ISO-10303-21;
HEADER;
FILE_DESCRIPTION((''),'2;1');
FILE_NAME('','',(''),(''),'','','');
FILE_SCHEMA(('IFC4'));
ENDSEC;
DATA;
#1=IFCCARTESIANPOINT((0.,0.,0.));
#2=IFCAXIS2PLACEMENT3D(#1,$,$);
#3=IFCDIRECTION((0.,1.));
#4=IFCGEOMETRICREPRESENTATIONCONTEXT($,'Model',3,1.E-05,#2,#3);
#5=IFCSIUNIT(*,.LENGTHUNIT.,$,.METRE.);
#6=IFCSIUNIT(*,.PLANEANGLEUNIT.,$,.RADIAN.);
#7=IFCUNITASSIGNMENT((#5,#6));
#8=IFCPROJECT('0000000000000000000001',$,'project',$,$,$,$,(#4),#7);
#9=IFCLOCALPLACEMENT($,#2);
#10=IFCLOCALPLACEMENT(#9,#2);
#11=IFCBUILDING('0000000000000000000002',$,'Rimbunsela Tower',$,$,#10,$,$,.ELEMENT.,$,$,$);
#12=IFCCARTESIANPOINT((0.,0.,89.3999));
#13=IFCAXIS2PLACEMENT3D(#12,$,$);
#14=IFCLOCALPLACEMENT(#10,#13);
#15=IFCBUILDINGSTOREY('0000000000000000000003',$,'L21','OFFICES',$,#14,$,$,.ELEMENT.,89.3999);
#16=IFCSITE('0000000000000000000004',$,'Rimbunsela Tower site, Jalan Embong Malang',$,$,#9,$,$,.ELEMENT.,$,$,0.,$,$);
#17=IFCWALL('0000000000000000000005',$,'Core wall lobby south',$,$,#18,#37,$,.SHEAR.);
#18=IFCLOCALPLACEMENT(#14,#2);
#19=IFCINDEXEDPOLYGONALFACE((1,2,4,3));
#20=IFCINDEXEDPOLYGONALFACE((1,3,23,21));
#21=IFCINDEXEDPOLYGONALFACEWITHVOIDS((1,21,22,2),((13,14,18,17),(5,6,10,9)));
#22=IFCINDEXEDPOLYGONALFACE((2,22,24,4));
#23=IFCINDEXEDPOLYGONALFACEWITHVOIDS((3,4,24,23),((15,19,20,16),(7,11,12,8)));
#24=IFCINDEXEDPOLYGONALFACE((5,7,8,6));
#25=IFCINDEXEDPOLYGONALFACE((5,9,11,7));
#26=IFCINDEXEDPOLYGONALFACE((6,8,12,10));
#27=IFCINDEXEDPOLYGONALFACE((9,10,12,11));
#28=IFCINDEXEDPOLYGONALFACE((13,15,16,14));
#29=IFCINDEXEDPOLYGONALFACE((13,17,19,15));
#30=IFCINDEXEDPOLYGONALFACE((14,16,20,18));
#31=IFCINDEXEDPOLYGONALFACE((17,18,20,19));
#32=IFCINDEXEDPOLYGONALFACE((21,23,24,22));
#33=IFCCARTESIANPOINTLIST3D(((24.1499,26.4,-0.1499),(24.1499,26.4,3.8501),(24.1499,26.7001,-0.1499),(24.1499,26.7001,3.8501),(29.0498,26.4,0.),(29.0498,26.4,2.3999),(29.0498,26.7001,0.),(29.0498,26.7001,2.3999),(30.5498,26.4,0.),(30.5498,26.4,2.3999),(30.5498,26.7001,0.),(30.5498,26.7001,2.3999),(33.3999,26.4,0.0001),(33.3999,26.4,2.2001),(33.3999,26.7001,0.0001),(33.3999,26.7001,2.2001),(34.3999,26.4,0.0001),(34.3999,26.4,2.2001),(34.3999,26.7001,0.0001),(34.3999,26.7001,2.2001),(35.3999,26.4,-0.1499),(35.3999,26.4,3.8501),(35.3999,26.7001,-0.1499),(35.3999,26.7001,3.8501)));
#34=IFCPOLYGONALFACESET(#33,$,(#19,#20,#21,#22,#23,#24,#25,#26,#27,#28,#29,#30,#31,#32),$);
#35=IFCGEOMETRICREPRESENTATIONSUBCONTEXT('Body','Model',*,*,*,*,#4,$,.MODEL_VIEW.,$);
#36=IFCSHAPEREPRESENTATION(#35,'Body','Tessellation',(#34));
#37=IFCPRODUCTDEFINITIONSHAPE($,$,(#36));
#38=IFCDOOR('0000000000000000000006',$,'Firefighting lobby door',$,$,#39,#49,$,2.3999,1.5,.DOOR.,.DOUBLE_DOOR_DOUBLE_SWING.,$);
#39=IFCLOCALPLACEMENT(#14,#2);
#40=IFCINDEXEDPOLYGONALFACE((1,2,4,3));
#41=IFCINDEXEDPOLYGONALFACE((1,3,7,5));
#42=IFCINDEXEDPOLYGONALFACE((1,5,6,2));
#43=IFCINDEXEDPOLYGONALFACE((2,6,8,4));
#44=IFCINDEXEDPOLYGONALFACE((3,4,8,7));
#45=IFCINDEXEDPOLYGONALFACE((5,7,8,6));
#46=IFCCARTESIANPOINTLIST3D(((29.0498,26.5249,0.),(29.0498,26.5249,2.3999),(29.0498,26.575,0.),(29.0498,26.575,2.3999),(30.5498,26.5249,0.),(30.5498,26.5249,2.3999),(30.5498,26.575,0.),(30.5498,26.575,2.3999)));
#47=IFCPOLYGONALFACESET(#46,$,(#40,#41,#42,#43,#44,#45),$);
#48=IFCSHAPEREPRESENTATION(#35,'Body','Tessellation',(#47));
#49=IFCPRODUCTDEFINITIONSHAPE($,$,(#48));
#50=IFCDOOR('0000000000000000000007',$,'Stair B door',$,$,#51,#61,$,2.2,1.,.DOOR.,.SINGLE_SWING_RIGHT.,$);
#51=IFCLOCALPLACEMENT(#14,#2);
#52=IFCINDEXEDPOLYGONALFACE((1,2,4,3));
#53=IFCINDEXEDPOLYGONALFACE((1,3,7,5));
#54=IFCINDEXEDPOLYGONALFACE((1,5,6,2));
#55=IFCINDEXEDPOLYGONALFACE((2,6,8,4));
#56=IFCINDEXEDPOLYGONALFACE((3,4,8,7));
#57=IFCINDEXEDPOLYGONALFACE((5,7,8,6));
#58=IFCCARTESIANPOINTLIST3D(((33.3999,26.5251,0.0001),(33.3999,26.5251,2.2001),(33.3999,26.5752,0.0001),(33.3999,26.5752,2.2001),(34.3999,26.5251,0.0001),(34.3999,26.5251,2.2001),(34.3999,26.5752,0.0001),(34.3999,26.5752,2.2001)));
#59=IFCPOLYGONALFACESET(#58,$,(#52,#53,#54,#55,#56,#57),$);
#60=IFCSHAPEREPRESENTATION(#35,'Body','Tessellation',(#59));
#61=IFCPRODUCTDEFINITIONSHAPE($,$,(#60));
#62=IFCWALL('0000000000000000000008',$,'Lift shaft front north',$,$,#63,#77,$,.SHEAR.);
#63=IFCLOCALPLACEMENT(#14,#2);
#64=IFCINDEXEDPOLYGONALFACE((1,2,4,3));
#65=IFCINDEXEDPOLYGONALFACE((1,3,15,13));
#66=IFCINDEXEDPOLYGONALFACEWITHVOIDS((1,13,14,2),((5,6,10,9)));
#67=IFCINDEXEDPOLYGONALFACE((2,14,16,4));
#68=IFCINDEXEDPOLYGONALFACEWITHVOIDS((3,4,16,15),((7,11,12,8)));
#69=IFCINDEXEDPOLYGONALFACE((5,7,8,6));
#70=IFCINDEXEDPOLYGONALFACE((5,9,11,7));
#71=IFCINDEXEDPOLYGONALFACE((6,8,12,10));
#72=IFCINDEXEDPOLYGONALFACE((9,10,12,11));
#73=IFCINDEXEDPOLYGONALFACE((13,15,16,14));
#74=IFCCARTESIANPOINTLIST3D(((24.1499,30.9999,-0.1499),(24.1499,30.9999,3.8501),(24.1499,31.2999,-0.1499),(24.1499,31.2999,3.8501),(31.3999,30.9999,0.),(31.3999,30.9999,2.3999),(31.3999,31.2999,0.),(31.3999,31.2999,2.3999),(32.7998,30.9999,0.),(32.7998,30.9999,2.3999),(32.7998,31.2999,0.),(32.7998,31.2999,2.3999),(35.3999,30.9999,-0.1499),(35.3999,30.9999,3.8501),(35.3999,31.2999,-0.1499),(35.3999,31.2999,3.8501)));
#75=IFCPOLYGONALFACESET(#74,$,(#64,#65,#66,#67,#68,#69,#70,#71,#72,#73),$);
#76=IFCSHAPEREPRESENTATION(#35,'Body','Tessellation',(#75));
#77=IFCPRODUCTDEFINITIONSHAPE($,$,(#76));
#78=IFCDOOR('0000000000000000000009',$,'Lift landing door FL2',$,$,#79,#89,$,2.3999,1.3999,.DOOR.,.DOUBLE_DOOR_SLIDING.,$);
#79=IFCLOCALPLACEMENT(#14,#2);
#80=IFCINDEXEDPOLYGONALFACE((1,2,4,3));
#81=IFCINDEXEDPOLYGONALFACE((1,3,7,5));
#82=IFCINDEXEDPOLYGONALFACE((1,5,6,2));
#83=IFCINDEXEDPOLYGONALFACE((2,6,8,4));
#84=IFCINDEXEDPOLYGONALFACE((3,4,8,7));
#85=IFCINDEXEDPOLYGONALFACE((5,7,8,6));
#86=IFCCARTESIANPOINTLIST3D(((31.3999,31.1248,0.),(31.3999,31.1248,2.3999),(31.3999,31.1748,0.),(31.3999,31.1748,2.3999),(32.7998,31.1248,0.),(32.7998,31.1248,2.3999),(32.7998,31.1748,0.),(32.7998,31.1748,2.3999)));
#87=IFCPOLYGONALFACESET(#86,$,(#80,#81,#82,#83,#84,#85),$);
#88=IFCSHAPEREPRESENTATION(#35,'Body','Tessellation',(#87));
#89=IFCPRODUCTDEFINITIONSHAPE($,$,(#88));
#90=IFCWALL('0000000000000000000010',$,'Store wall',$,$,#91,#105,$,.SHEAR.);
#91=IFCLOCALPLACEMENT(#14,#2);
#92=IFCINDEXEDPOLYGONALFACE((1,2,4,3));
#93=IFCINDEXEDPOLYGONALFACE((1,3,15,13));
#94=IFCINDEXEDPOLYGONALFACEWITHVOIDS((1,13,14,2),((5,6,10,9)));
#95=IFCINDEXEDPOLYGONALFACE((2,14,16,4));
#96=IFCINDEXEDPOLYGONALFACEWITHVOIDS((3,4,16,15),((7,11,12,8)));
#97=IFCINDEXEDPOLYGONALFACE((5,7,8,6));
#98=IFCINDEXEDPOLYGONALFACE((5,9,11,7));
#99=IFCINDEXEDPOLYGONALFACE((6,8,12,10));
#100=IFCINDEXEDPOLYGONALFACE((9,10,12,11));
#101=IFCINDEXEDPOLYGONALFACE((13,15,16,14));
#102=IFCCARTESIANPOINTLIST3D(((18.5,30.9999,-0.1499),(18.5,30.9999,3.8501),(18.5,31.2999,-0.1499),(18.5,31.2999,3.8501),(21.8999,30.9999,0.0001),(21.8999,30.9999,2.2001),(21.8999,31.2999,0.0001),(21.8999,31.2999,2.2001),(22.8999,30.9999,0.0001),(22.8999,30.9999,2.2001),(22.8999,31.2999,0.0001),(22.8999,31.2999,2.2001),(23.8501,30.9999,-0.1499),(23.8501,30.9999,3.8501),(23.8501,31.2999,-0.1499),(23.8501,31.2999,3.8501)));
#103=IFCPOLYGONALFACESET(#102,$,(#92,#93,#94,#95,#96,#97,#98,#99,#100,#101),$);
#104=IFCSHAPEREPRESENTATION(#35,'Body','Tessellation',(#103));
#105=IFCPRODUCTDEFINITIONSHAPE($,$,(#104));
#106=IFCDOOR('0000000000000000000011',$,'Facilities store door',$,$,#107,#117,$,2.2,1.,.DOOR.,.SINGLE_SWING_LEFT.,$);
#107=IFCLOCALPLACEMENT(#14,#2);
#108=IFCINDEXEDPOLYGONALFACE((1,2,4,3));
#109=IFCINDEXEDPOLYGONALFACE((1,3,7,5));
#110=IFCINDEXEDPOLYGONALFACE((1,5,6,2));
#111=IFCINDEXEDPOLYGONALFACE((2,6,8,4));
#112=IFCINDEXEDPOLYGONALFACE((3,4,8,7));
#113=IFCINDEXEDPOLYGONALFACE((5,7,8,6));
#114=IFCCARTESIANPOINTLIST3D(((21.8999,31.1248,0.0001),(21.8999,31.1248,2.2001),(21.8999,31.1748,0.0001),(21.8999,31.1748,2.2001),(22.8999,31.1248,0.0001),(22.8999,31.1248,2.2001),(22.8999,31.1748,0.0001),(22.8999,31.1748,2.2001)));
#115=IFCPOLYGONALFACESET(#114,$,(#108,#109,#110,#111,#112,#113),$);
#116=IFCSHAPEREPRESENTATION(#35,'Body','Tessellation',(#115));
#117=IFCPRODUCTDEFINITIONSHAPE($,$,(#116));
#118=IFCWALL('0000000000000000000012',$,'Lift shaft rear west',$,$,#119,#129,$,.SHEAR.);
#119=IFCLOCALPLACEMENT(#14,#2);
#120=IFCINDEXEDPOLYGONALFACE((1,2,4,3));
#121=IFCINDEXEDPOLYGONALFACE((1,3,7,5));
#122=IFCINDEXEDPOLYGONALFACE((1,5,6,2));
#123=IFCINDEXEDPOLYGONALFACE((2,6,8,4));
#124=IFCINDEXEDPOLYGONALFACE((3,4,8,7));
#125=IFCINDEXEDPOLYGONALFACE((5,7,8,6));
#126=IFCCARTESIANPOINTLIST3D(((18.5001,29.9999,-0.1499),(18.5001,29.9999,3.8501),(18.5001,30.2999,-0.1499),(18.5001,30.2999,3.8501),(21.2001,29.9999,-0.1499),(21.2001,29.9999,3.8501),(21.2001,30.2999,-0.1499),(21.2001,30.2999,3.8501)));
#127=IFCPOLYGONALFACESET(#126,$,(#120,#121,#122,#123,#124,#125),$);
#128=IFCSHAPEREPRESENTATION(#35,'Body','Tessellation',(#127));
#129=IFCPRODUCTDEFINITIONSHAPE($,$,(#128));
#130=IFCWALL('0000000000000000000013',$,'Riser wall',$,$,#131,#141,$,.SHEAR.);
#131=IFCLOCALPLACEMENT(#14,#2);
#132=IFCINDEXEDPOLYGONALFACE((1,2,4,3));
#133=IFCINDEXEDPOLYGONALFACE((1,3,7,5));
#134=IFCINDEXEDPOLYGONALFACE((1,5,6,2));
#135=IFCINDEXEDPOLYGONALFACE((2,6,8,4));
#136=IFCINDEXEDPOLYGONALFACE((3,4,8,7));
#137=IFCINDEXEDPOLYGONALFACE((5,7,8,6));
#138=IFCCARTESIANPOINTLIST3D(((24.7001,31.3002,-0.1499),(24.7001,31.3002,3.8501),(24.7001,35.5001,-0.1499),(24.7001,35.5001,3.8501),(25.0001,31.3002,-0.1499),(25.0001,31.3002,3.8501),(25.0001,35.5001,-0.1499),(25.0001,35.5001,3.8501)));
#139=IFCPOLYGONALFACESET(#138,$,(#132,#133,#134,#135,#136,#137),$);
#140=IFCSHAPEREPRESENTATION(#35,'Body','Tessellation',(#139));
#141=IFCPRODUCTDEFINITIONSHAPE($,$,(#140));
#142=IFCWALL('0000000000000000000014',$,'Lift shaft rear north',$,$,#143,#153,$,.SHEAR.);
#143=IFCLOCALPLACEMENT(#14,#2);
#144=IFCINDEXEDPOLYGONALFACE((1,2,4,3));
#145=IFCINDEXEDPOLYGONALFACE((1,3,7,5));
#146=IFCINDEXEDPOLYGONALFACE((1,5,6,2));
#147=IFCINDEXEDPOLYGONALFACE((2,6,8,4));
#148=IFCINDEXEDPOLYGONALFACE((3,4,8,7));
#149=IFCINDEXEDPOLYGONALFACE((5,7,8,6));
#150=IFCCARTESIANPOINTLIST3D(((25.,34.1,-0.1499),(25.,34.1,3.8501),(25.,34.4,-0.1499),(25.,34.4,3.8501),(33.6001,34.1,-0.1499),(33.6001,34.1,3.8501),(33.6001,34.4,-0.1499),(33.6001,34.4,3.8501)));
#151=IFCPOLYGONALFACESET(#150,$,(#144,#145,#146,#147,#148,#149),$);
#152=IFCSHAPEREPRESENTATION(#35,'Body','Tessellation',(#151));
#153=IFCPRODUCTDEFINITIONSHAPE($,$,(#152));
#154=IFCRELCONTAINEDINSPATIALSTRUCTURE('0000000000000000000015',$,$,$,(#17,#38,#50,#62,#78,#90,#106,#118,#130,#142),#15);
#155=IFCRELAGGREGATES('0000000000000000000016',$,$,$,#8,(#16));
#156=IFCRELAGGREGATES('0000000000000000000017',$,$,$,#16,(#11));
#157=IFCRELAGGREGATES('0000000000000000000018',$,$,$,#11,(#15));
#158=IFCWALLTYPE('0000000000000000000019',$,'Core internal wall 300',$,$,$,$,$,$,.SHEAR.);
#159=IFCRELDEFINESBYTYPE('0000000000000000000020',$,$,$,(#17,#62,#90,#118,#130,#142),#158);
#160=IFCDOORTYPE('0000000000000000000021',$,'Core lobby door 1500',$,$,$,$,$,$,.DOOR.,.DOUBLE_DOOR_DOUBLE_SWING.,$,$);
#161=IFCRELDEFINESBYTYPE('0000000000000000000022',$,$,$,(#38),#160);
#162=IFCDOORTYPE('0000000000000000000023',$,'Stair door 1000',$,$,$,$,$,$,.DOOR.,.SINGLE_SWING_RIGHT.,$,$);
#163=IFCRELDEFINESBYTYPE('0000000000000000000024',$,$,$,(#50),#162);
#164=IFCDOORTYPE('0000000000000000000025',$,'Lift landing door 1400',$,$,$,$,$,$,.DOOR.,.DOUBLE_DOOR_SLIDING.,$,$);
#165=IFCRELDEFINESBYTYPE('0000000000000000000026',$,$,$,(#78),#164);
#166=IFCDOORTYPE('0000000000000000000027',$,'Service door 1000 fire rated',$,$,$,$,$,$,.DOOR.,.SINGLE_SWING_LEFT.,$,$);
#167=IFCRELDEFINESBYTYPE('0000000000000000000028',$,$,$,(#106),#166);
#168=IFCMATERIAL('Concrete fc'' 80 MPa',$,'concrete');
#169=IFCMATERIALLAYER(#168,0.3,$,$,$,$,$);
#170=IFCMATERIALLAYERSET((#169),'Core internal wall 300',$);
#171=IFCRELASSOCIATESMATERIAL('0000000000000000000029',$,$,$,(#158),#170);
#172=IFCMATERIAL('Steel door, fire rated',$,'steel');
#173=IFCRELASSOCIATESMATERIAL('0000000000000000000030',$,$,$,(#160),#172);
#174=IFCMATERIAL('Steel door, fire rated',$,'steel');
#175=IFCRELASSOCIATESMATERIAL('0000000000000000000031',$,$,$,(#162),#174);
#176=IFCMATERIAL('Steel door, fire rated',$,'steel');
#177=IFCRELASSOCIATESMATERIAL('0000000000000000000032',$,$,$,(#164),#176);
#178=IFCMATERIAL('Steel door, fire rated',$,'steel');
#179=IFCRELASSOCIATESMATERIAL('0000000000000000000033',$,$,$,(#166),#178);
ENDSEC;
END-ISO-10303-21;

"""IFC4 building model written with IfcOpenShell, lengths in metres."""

from ifc_helpers import new_model, si_unit, direction, frame, frame_2d, origin, place, context, subcontext, project, spatial, rectangle, extrude, material, layer, layer_set, type_object, element, fill, save


model = new_model("IFC4")

# Units and contexts
model_context = context("Model", 3, precision=1e-05, world=origin(), true_north=direction((0.0, 1.0)))
body_context = subcontext(model_context, "Body", "Model", "MODEL_VIEW")
ifc_project = project(units=[si_unit("LENGTHUNIT", "METRE"), si_unit("PLANEANGLEUNIT", "RADIAN")], contexts=[model_context])

# Site, building, storey
site_placement = place(None, origin())
site = spatial("IfcSite", under=ifc_project, at=site_placement, Name="Rimbunsela Tower site, Jalan Embong Malang", CompositionType="ELEMENT", RefElevation=0.0)
building_placement = place(site_placement, origin())
building = spatial("IfcBuilding", under=site, at=building_placement, Name="Rimbunsela Tower", CompositionType="ELEMENT")
storey_placement = place(building_placement, frame((0.0, 0.0, 89.3999)))
storey = spatial("IfcBuildingStorey", under=building, at=storey_placement, Name="L21", Description="OFFICES", CompositionType="ELEMENT", Elevation=89.3999)

# Wall, openings, doors
ifc_material_1 = material(Name="Concrete fc' 80 MPa", Category="concrete")
ifc_layer_1 = layer(ifc_material_1, 0.3)
ifc_layer_set_1 = layer_set([ifc_layer_1], Name="Core internal wall 300")
wall_type_1 = type_object("IfcWallType", Name="Core internal wall 300", PredefinedType="SHEAR", material=ifc_layer_set_1)
wall_1_placement = place(storey_placement, frame((24.1499, 26.55, -0.1499), z_axis=(0.0, 0.0, 1.0), x_axis=(1.0, 0.0, 0.0)))
wall_1 = element("IfcWall", 1, at=wall_1_placement, inside=storey, type_object=wall_type_1, Name="Core wall lobby south", PredefinedType="SHEAR", context=body_context, shape_type="SweptSolid", body=[
    extrude(rectangle(XDim=11.25, YDim=0.3, at=frame_2d((5.625, 0.0))), origin(), (0.0, 0.0, 1.0), 4.0),
])
opening_1_placement = place(wall_1_placement, frame((9.25, 0.0, 0.1499)))
opening_1 = element("IfcOpeningElement", 2, at=opening_1_placement, cuts=wall_1, PredefinedType="OPENING", context=body_context, shape_type="SweptSolid", body=[
    extrude(rectangle(XDim=1.0, YDim=2.2, at=frame_2d((0.5, 1.1001))), frame((0.0, 0.1599, 0.0), z_axis=(0.0, -1.0, 0.0), x_axis=(1.0, 0.0, 0.0)), (0.0, 0.0, 1.0), 0.3201),
])
opening_2_placement = place(wall_1_placement, frame((4.8999, 0.0, 0.1499)))
opening_2 = element("IfcOpeningElement", 3, at=opening_2_placement, cuts=wall_1, PredefinedType="OPENING", context=body_context, shape_type="SweptSolid", body=[
    extrude(rectangle(XDim=1.5, YDim=2.3999, at=frame_2d((0.75, 1.2))), frame((0.0, 0.1599, 0.0), z_axis=(0.0, -1.0, 0.0), x_axis=(1.0, 0.0, 0.0)), (0.0, 0.0, 1.0), 0.3201),
])
ifc_material_2 = material(Name="Steel door, fire rated", Category="steel")
door_type_1 = type_object("IfcDoorType", Name="Core lobby door 1500", OperationType="DOUBLE_DOOR_DOUBLE_SWING", PredefinedType="DOOR", material=ifc_material_2)
door_1_placement = place(opening_2_placement, origin())
door_1 = element("IfcDoor", 4, at=door_1_placement, inside=storey, type_object=door_type_1, Name="Firefighting lobby door", OperationType="DOUBLE_DOOR_DOUBLE_SWING", OverallHeight=2.3999, OverallWidth=1.5, PredefinedType="DOOR", context=body_context, shape_type="SweptSolid", body=[
    extrude(rectangle(XDim=1.5, YDim=2.3999, at=frame_2d((0.75, 1.2))), frame((0.0, 0.0249, 0.0), z_axis=(0.0, -1.0, 0.0), x_axis=(1.0, 0.0, 0.0)), (0.0, 0.0, 1.0), 0.05),
])
fill(opening_2, door_1)
ifc_material_3 = material(Name="Steel door, fire rated", Category="steel")
door_type_2 = type_object("IfcDoorType", Name="Stair door 1000", OperationType="SINGLE_SWING_RIGHT", PredefinedType="DOOR", material=ifc_material_3)
door_2_placement = place(opening_1_placement, frame((1.0, 0.0, 0.0), z_axis=(0.0, 0.0, 1.0), x_axis=(-1.0, 0.0, 0.0)))
door_2 = element("IfcDoor", 5, at=door_2_placement, inside=storey, type_object=door_type_2, Name="Stair B door", OperationType="SINGLE_SWING_RIGHT", OverallHeight=2.2, OverallWidth=1.0, PredefinedType="DOOR", context=body_context, shape_type="SweptSolid", body=[
    extrude(rectangle(XDim=1.0, YDim=2.2, at=frame_2d((0.5, 1.1001))), frame((0.0, 0.0249, 0.0), z_axis=(0.0, -1.0, 0.0), x_axis=(1.0, 0.0, 0.0)), (0.0, 0.0, 1.0), 0.05),
])
fill(opening_1, door_2)

# Walls, openings, doors
wall_2_placement = place(storey_placement, frame((24.1499, 31.1499, -0.1499), z_axis=(0.0, 0.0, 1.0), x_axis=(1.0, 0.0, 0.0)))
wall_2 = element("IfcWall", 6, at=wall_2_placement, inside=storey, type_object=wall_type_1, Name="Lift shaft front north", PredefinedType="SHEAR", context=body_context, shape_type="SweptSolid", body=[
    extrude(rectangle(XDim=11.25, YDim=0.3, at=frame_2d((5.625, 0.0))), origin(), (0.0, 0.0, 1.0), 4.0),
])
opening_3_placement = place(wall_2_placement, frame((7.25, 0.0, 0.1499)))
opening_3 = element("IfcOpeningElement", 7, at=opening_3_placement, cuts=wall_2, PredefinedType="OPENING", context=body_context, shape_type="SweptSolid", body=[
    extrude(rectangle(XDim=1.3999, YDim=2.3999, at=frame_2d((0.7, 1.2))), frame((0.0, 0.1599, 0.0), z_axis=(0.0, -1.0, 0.0), x_axis=(1.0, 0.0, 0.0)), (0.0, 0.0, 1.0), 0.3201),
])
ifc_material_4 = material(Name="Steel door, fire rated", Category="steel")
door_type_3 = type_object("IfcDoorType", Name="Lift landing door 1400", OperationType="DOUBLE_DOOR_SLIDING", PredefinedType="DOOR", material=ifc_material_4)
door_3_placement = place(opening_3_placement, origin())
door_3 = element("IfcDoor", 8, at=door_3_placement, inside=storey, type_object=door_type_3, Name="Lift landing door FL2", OperationType="DOUBLE_DOOR_SLIDING", OverallHeight=2.3999, OverallWidth=1.3999, PredefinedType="DOOR", context=body_context, shape_type="SweptSolid", body=[
    extrude(rectangle(XDim=1.3999, YDim=2.3999, at=frame_2d((0.7, 1.2))), frame((0.0, 0.0249, 0.0), z_axis=(0.0, -1.0, 0.0), x_axis=(1.0, 0.0, 0.0)), (0.0, 0.0, 1.0), 0.05),
])
fill(opening_3, door_3)
wall_3_placement = place(storey_placement, frame((18.5, 31.1499, -0.1499), z_axis=(0.0, 0.0, 1.0), x_axis=(1.0, 0.0, 0.0)))
wall_3 = element("IfcWall", 9, at=wall_3_placement, inside=storey, type_object=wall_type_1, Name="Store wall", PredefinedType="SHEAR", context=body_context, shape_type="SweptSolid", body=[
    extrude(rectangle(XDim=5.3501, YDim=0.3, at=frame_2d((2.675, 0.0))), origin(), (0.0, 0.0, 1.0), 4.0),
])
opening_4_placement = place(wall_3_placement, frame((3.3999, 0.0, 0.1499)))
opening_4 = element("IfcOpeningElement", 10, at=opening_4_placement, cuts=wall_3, PredefinedType="OPENING", context=body_context, shape_type="SweptSolid", body=[
    extrude(rectangle(XDim=1.0, YDim=2.2, at=frame_2d((0.5, 1.1001))), frame((0.0, 0.1599, 0.0), z_axis=(0.0, -1.0, 0.0), x_axis=(1.0, 0.0, 0.0)), (0.0, 0.0, 1.0), 0.3201),
])
ifc_material_5 = material(Name="Steel door, fire rated", Category="steel")
door_type_4 = type_object("IfcDoorType", Name="Service door 1000 fire rated", OperationType="SINGLE_SWING_LEFT", PredefinedType="DOOR", material=ifc_material_5)
door_4_placement = place(opening_4_placement, origin())
door_4 = element("IfcDoor", 11, at=door_4_placement, inside=storey, type_object=door_type_4, Name="Facilities store door", OperationType="SINGLE_SWING_LEFT", OverallHeight=2.2, OverallWidth=1.0, PredefinedType="DOOR", context=body_context, shape_type="SweptSolid", body=[
    extrude(rectangle(XDim=1.0, YDim=2.2, at=frame_2d((0.5, 1.1001))), frame((0.0, 0.0249, 0.0), z_axis=(0.0, -1.0, 0.0), x_axis=(1.0, 0.0, 0.0)), (0.0, 0.0, 1.0), 0.05),
])
fill(opening_4, door_4)

# Walls
wall_4_placement = place(storey_placement, frame((18.5, 30.1499, -0.1499), z_axis=(0.0, 0.0, 1.0), x_axis=(1.0, 0.0, 0.0)))
element("IfcWall", 12, at=wall_4_placement, inside=storey, type_object=wall_type_1, Name="Lift shaft rear west", PredefinedType="SHEAR", context=body_context, shape_type="SweptSolid", body=[
    extrude(rectangle(XDim=2.7, YDim=0.3, at=frame_2d((1.3501, 0.0))), origin(), (0.0, 0.0, 1.0), 4.0),
])
wall_5_placement = place(storey_placement, frame((24.8501, 31.3, -0.1499), z_axis=(0.0, 0.0, 1.0), x_axis=(0.0, 1.0, 0.0)))
element("IfcWall", 13, at=wall_5_placement, inside=storey, type_object=wall_type_1, Name="Riser wall", PredefinedType="SHEAR", context=body_context, shape_type="SweptSolid", body=[
    extrude(rectangle(XDim=4.2, YDim=0.3, at=frame_2d((2.1001, 0.0))), origin(), (0.0, 0.0, 1.0), 4.0),
])
wall_6_placement = place(storey_placement, frame((25.0, 34.25, -0.1499), z_axis=(0.0, 0.0, 1.0), x_axis=(1.0, 0.0, 0.0)))
element("IfcWall", 14, at=wall_6_placement, inside=storey, type_object=wall_type_1, Name="Lift shaft rear north", PredefinedType="SHEAR", context=body_context, shape_type="SweptSolid", body=[
    extrude(rectangle(XDim=8.6001, YDim=0.3, at=frame_2d((4.3, 0.0))), origin(), (0.0, 0.0, 1.0), 4.0),
])

save(model, "model.ifc")
